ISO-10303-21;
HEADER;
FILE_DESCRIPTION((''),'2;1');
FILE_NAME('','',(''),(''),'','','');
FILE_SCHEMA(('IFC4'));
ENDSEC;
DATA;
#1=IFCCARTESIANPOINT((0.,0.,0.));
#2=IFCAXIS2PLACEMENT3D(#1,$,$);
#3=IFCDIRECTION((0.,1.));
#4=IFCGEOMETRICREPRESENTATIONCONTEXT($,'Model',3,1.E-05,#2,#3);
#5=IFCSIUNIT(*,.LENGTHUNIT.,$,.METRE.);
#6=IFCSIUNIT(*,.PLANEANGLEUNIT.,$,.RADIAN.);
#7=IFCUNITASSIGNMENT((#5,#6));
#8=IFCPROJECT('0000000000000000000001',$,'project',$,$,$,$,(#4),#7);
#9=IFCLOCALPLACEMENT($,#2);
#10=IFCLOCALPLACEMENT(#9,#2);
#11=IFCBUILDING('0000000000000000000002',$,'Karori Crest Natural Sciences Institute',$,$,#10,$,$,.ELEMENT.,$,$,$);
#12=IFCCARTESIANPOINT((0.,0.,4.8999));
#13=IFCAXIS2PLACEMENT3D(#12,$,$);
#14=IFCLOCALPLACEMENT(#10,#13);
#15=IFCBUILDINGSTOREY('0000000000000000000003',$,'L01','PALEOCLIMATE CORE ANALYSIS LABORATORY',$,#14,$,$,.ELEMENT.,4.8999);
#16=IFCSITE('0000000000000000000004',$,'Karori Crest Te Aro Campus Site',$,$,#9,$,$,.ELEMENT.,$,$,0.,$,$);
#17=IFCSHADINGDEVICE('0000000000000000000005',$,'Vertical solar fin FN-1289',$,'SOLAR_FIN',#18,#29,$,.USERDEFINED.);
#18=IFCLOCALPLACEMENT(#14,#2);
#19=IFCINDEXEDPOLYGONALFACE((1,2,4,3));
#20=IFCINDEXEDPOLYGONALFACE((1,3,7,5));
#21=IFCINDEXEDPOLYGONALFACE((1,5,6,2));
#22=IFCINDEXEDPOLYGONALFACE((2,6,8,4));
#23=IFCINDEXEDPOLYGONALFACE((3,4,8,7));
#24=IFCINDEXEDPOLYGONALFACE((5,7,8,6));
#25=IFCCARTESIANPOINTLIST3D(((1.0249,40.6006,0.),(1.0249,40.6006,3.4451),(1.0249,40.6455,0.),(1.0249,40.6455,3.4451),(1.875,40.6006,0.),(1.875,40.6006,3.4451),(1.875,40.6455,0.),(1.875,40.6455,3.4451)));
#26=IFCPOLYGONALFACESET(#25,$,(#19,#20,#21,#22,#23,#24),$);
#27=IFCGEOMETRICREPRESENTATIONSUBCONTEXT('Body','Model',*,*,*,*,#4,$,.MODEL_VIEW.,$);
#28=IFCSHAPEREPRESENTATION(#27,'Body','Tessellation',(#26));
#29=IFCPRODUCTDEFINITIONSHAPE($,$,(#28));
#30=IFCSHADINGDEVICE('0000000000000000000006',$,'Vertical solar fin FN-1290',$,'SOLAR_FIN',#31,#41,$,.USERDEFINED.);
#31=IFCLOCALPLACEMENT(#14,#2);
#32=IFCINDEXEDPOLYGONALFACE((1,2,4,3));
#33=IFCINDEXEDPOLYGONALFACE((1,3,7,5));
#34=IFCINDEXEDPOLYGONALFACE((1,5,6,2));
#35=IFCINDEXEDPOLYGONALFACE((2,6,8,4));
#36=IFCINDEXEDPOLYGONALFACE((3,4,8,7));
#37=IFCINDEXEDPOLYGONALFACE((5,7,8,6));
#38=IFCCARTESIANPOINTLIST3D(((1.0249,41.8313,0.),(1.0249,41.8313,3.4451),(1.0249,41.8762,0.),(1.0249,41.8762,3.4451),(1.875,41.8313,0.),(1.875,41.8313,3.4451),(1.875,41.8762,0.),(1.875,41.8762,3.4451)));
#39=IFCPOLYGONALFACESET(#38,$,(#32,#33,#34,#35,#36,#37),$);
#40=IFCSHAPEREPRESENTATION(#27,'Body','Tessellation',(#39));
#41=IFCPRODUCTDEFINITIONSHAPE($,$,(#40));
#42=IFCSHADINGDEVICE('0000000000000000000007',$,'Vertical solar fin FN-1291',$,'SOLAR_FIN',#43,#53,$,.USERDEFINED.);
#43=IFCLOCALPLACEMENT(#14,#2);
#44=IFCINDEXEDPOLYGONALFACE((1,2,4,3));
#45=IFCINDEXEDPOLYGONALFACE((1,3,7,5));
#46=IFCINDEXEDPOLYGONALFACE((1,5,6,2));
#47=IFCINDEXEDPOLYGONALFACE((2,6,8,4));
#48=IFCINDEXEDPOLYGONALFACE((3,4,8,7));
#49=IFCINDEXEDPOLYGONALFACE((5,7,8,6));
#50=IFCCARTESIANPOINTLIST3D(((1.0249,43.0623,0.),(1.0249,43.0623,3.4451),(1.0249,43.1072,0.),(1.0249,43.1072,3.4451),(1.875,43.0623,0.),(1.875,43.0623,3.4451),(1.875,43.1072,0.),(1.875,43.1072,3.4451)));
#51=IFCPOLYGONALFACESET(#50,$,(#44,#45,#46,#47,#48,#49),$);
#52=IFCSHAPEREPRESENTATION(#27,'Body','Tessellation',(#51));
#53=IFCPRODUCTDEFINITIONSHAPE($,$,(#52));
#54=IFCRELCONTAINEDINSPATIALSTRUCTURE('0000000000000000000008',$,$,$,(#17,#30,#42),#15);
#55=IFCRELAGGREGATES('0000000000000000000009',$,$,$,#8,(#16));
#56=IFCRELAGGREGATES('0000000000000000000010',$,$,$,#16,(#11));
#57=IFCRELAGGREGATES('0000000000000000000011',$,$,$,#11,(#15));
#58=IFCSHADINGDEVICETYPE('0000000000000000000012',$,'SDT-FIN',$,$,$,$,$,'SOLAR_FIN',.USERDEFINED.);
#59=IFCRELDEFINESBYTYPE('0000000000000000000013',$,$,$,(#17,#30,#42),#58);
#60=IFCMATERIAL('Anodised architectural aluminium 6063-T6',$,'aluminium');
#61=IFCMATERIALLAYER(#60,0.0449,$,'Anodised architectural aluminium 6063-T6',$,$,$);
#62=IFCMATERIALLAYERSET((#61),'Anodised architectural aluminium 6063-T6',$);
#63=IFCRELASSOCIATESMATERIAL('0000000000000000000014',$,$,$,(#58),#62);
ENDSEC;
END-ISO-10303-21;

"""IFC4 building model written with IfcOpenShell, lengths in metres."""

from ifc_helpers import new_model, si_unit, direction, frame, origin, origin_2d, place, context, subcontext, project, spatial, rectangle, extrude, material, layer, layer_set, type_object, element, save


model = new_model("IFC4")

# Units and contexts
model_context = context("Model", 3, precision=1e-05, world=origin(), true_north=direction((0.0, 1.0)))
body_context = subcontext(model_context, "Body", "Model", "MODEL_VIEW")
ifc_project = project(units=[si_unit("LENGTHUNIT", "METRE"), si_unit("PLANEANGLEUNIT", "RADIAN")], contexts=[model_context])

# Site, building, storey
site_placement = place(None, origin())
site = spatial("IfcSite", under=ifc_project, at=site_placement, Name="Karori Crest Te Aro Campus Site", CompositionType="ELEMENT", RefElevation=0.0)
building_placement = place(site_placement, origin())
building = spatial("IfcBuilding", under=site, at=building_placement, Name="Karori Crest Natural Sciences Institute", CompositionType="ELEMENT")
storey_placement = place(building_placement, frame((0.0, 0.0, 4.8999)))
storey = spatial("IfcBuildingStorey", under=building, at=storey_placement, Name="L01", Description="PALEOCLIMATE CORE ANALYSIS LABORATORY", CompositionType="ELEMENT", Elevation=4.8999)

# Shared definitions
ifc_material_1 = material(Name="Anodised architectural aluminium 6063-T6", Category="aluminium")

# Shading devices
ifc_layer_1 = layer(ifc_material_1, 0.0449, Name="Anodised architectural aluminium 6063-T6")
ifc_layer_set_1 = layer_set([ifc_layer_1], Name="Anodised architectural aluminium 6063-T6")
shading_device_type = type_object("IfcShadingDeviceType", Name="SDT-FIN", ElementType="SOLAR_FIN", PredefinedType="USERDEFINED", material=ifc_layer_set_1)
for number, where, z_axis, x_axis, name in (
    (1, (1.45, 40.623, 0.0), (0.0, 0.0, 1.0), (-1.0, 0.0, 0.0), "Vertical solar fin FN-1289"),
    (2, (1.45, 41.8538, 0.0), (0.0, 0.0, 1.0), (-1.0, 0.0, 0.0), "Vertical solar fin FN-1290"),
    (3, (1.45, 43.0847, 0.0), (0.0, 0.0, 1.0), (-1.0, 0.0, 0.0), "Vertical solar fin FN-1291"),
):
    element("IfcShadingDevice", number, at=place(storey_placement, frame(where, z_axis=z_axis, x_axis=x_axis)), inside=storey, type_object=shading_device_type, Name=name, ObjectType="SOLAR_FIN", PredefinedType="USERDEFINED", context=body_context, shape_type="SweptSolid", body=[
        extrude(rectangle(XDim=0.8501, YDim=0.0449, at=origin_2d()), origin(), (0.0, 0.0, 1.0), 3.4451),
    ])

save(model, "model.ifc")
